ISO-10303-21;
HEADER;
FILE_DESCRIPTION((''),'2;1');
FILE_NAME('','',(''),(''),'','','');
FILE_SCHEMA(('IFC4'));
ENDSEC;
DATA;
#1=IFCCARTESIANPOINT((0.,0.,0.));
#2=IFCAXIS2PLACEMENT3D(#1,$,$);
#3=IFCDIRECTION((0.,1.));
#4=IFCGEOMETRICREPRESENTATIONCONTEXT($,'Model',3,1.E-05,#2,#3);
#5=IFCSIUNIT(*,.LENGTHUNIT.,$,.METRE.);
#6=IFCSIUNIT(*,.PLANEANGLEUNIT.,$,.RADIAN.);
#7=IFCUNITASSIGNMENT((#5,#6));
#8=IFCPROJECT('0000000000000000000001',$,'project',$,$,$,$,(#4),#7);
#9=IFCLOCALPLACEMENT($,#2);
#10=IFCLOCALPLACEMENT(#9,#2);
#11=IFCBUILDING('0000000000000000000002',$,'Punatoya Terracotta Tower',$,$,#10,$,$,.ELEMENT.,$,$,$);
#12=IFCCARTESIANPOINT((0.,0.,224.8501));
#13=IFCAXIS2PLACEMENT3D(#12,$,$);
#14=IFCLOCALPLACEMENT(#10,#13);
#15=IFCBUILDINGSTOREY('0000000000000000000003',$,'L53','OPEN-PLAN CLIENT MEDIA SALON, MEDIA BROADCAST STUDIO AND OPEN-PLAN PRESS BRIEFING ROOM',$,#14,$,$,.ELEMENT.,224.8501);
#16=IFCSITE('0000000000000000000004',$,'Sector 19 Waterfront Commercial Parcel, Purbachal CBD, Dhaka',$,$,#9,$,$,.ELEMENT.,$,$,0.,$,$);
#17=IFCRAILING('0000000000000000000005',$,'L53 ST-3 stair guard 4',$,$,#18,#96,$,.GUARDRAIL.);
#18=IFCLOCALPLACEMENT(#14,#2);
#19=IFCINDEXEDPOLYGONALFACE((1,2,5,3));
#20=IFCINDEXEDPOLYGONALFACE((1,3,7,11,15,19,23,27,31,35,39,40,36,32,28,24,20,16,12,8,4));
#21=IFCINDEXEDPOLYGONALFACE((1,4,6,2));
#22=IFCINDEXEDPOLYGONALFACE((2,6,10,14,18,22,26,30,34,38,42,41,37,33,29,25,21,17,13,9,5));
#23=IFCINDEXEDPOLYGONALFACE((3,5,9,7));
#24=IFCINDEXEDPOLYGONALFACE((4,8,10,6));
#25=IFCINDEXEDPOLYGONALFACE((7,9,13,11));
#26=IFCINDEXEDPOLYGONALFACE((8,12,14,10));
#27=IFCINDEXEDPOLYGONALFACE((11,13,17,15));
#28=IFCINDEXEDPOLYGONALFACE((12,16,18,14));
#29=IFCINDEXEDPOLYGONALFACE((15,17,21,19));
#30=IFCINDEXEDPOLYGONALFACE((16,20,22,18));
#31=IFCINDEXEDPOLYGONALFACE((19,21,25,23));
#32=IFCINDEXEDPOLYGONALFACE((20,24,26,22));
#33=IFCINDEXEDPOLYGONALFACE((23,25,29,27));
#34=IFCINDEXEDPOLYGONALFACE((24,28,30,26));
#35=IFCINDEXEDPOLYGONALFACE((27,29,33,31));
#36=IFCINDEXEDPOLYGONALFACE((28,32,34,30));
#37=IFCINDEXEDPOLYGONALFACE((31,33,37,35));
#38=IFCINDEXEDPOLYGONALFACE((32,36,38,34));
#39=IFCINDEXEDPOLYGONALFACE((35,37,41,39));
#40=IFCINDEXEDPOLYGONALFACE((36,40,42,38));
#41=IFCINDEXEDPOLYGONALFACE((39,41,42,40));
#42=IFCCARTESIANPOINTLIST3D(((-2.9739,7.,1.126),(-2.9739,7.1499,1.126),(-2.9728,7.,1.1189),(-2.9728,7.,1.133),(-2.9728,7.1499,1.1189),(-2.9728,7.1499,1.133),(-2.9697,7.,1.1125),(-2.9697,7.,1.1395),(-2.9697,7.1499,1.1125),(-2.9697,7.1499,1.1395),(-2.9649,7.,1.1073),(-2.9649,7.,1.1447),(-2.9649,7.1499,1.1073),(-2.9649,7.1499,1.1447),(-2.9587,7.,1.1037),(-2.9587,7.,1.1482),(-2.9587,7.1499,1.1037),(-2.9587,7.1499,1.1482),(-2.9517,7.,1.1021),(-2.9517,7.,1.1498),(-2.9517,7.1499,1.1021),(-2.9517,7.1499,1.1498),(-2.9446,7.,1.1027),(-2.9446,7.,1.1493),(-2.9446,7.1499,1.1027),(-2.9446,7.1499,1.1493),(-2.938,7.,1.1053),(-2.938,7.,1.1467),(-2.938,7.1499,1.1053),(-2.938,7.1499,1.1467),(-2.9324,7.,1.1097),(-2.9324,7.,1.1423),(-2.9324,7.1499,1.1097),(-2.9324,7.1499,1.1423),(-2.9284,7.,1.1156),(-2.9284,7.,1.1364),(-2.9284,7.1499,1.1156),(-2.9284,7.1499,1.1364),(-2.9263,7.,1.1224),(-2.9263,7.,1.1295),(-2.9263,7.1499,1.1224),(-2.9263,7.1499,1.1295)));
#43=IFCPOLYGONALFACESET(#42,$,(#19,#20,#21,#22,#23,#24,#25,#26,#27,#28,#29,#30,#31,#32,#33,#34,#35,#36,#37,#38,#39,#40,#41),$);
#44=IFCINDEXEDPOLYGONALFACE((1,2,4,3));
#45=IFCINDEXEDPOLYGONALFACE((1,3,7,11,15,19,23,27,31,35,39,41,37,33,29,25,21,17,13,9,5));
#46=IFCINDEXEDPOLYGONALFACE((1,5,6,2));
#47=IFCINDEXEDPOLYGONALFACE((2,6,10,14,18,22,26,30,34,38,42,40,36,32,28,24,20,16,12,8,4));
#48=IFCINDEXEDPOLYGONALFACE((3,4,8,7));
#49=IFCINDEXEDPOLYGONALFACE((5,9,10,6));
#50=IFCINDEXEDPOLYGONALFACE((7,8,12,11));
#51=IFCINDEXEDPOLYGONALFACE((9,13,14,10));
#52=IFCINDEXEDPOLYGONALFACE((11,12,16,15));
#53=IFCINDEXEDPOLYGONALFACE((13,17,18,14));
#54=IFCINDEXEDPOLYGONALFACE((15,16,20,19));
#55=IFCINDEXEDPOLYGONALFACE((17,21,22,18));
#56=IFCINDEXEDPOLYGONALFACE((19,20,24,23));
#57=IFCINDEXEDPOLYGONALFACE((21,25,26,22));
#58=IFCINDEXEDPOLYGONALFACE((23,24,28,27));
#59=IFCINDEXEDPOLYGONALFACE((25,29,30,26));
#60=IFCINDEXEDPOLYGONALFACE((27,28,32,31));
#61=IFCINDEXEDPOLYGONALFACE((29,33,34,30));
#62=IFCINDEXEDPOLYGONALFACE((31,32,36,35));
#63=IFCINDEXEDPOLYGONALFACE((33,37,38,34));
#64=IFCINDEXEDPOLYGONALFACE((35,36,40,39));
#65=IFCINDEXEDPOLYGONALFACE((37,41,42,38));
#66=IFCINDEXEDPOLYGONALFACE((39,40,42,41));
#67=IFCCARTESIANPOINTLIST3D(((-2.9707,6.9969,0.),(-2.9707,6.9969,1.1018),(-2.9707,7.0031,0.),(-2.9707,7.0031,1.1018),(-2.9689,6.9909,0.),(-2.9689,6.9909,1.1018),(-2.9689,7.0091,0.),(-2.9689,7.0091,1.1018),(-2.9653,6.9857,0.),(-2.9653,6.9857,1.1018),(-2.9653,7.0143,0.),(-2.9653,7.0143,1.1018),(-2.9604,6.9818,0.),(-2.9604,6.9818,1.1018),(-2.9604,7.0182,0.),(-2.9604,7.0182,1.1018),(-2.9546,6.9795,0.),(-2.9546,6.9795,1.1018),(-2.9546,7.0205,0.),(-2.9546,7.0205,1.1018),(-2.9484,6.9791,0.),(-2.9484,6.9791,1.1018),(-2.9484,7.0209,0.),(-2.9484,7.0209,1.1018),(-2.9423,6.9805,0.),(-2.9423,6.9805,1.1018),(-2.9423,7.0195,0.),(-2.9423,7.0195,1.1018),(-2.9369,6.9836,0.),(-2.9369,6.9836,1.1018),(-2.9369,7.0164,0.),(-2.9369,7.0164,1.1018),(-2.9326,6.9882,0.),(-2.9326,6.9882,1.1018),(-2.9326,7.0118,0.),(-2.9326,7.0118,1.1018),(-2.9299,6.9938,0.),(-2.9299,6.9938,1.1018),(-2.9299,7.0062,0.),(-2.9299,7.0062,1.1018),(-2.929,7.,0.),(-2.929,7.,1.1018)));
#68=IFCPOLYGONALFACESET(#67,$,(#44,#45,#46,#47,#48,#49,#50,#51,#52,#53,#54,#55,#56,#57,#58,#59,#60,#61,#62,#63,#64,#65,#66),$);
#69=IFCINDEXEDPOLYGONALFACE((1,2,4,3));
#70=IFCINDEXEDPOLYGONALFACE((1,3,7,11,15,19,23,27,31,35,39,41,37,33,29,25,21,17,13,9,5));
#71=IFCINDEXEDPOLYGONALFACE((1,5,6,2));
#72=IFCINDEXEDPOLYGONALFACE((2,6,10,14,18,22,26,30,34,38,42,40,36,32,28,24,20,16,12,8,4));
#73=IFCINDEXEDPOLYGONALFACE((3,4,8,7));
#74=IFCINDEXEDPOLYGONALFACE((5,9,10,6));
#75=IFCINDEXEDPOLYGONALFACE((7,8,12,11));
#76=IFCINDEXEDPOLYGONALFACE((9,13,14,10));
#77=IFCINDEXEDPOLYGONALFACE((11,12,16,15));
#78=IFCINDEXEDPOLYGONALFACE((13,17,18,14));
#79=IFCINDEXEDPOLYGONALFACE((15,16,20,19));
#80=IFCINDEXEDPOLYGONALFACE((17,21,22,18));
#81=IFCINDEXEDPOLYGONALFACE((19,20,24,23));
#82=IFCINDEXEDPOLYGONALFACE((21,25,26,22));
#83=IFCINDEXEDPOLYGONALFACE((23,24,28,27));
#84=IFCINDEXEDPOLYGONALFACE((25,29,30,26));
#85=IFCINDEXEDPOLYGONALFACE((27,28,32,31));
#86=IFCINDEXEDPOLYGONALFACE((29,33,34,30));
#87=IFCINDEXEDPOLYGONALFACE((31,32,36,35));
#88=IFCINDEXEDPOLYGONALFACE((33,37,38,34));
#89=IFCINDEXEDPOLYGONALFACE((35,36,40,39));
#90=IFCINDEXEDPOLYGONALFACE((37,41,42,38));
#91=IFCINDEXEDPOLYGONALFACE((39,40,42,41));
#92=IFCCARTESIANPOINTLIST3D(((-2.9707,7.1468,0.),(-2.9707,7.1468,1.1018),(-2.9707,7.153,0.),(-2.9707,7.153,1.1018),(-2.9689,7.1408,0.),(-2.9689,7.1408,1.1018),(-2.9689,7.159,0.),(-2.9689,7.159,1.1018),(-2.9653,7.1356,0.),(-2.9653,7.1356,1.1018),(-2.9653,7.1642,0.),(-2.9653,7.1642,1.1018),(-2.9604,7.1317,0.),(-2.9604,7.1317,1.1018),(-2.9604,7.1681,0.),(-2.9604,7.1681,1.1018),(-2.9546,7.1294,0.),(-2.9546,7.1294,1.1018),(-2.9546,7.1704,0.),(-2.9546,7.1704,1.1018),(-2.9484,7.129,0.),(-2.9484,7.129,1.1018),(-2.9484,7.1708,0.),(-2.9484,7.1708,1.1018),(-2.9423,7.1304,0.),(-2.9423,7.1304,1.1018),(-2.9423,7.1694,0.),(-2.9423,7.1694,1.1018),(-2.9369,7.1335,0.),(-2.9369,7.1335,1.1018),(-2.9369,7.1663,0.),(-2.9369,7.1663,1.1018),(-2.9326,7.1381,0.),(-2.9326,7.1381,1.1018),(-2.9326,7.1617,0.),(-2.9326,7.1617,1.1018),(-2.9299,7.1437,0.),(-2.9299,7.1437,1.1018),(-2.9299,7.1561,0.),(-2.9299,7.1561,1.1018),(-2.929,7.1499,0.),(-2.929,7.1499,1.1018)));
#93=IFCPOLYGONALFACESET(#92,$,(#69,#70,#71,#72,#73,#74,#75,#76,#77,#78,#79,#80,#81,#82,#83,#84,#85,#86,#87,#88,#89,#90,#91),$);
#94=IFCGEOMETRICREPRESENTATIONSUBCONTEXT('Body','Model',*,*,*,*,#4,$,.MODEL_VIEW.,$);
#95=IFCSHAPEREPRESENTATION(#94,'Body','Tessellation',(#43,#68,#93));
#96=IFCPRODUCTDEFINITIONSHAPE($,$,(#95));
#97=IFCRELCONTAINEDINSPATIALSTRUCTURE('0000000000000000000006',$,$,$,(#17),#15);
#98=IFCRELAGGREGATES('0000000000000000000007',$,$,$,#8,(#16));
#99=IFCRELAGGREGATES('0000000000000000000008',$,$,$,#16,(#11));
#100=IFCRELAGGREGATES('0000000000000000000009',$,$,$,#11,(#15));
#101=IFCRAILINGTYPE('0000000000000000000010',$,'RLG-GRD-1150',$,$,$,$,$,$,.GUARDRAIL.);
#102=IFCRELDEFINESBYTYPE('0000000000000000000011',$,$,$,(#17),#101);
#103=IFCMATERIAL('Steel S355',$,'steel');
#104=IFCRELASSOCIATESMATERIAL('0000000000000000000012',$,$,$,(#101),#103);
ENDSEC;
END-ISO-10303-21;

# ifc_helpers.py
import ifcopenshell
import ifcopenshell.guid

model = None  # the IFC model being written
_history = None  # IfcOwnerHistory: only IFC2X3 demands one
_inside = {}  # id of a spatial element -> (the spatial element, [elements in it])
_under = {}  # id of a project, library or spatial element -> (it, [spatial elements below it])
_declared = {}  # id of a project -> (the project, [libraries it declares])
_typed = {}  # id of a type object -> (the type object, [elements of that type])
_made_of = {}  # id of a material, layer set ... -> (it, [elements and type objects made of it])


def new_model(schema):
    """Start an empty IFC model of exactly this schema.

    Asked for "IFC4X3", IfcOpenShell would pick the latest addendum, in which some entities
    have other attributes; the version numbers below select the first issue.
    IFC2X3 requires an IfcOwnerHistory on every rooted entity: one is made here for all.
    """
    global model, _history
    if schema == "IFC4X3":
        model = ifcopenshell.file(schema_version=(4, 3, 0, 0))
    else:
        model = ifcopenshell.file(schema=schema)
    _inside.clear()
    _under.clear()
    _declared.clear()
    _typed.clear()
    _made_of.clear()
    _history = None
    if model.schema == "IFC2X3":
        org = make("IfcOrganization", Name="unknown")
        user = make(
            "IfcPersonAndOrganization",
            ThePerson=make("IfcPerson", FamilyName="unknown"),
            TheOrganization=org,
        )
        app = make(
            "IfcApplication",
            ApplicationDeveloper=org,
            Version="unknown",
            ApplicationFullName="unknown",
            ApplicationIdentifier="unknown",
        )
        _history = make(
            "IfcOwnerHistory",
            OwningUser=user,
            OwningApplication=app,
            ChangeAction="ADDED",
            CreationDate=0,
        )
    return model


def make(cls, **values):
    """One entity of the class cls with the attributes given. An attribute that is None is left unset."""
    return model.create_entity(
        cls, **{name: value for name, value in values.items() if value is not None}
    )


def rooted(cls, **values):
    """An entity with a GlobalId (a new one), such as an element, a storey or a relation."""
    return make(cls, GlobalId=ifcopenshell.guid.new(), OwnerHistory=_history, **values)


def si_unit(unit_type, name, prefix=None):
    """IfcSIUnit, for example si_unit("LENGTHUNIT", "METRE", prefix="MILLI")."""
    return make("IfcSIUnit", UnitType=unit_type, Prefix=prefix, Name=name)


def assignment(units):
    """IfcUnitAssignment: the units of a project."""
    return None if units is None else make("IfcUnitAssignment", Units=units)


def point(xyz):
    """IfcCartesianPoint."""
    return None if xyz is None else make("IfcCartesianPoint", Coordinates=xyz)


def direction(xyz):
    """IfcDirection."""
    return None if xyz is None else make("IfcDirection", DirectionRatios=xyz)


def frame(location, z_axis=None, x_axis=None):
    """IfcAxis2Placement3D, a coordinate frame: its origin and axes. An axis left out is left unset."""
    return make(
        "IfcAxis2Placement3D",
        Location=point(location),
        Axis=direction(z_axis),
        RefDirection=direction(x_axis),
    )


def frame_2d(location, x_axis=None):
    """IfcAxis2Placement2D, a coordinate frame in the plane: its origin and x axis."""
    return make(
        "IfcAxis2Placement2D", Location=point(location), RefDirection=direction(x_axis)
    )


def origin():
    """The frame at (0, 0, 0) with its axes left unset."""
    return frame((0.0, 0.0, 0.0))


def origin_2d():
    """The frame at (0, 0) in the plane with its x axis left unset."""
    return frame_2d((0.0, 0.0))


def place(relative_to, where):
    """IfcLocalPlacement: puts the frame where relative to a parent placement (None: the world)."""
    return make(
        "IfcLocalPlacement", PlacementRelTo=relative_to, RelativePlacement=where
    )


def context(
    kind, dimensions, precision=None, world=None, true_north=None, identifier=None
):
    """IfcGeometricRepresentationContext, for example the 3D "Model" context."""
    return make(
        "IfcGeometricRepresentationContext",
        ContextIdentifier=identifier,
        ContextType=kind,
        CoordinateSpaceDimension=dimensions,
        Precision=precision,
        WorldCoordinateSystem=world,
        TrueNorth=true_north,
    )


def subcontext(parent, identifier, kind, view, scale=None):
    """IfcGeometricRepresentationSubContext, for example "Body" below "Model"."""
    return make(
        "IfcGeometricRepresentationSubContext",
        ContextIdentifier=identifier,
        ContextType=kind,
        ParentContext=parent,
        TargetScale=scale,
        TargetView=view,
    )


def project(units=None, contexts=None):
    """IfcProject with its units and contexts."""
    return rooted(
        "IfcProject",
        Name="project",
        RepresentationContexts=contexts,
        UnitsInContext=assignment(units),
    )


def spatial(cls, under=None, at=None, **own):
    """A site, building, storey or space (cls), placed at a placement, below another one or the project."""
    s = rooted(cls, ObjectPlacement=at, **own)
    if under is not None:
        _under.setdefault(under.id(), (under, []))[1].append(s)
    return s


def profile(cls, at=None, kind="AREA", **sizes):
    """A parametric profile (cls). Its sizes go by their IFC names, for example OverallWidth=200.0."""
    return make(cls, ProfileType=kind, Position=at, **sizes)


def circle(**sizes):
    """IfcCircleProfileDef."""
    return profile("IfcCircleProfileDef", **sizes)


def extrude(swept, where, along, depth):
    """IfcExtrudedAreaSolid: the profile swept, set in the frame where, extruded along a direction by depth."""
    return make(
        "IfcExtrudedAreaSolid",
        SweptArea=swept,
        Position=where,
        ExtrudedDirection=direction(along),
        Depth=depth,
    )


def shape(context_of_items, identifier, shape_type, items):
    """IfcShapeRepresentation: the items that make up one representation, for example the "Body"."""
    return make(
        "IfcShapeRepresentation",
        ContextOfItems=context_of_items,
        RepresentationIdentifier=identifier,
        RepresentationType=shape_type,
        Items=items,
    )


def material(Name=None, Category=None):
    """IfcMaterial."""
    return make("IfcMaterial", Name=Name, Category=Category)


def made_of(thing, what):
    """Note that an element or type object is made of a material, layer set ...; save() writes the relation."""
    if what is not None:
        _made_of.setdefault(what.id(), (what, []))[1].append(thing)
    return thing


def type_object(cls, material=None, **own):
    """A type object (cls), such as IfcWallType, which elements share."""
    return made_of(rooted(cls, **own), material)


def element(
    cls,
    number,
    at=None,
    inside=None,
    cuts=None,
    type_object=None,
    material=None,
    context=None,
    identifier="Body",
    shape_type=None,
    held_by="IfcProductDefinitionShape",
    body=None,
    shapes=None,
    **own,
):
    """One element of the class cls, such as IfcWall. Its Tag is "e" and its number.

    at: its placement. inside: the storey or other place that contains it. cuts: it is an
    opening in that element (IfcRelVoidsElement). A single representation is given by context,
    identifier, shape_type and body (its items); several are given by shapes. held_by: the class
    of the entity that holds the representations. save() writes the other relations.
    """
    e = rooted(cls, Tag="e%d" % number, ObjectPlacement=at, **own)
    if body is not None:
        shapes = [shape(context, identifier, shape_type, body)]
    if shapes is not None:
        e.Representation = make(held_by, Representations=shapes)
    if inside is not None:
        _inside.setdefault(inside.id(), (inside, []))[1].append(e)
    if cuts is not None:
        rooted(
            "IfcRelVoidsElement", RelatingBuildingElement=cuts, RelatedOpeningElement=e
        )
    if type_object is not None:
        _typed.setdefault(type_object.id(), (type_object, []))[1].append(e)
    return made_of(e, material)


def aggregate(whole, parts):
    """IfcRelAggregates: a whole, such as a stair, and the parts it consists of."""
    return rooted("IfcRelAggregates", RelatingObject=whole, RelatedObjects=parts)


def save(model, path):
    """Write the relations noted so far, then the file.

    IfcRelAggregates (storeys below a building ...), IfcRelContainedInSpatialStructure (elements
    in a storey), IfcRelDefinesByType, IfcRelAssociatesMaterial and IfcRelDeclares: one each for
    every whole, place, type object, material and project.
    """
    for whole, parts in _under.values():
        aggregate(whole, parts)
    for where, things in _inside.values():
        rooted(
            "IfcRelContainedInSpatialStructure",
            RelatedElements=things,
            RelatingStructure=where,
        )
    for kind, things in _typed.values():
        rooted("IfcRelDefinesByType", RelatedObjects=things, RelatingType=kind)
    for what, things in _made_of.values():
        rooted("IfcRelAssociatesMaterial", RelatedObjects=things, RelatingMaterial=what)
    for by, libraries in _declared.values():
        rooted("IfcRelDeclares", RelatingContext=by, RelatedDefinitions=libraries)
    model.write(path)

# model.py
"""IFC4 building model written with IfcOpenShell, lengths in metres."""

from ifc_helpers import new_model, si_unit, direction, frame, origin, origin_2d, place, context, subcontext, project, spatial, circle, extrude, material, type_object, element, save


model = new_model("IFC4")

# Units and contexts
model_context = context("Model", 3, precision=1e-05, world=origin(), true_north=direction((0.0, 1.0)))
body_context = subcontext(model_context, "Body", "Model", "MODEL_VIEW")
ifc_project = project(units=[si_unit("LENGTHUNIT", "METRE"), si_unit("PLANEANGLEUNIT", "RADIAN")], contexts=[model_context])

# Site, building, storey
site_placement = place(None, origin())
site = spatial("IfcSite", under=ifc_project, at=site_placement, Name="Sector 19 Waterfront Commercial Parcel, Purbachal CBD, Dhaka", CompositionType="ELEMENT", RefElevation=0.0)
building_placement = place(site_placement, origin())
building = spatial("IfcBuilding", under=site, at=building_placement, Name="Punatoya Terracotta Tower", CompositionType="ELEMENT")
storey_placement = place(building_placement, frame((0.0, 0.0, 224.8501)))
storey = spatial("IfcBuildingStorey", under=building, at=storey_placement, Name="L53", Description="OPEN-PLAN CLIENT MEDIA SALON, MEDIA BROADCAST STUDIO AND OPEN-PLAN PRESS BRIEFING ROOM", CompositionType="ELEMENT", Elevation=224.8501)

# Shared definitions
ifc_material_1 = material(Name="Steel S355", Category="steel")

# Railing
railing_type = type_object("IfcRailingType", Name="RLG-GRD-1150", PredefinedType="GUARDRAIL", material=ifc_material_1)
railing_1_placement = place(storey_placement, frame((-2.95, 7.0, 0.0)))
element("IfcRailing", 1, at=railing_1_placement, inside=storey, type_object=railing_type, Name="L53 ST-3 stair guard 4", PredefinedType="GUARDRAIL", context=body_context, shape_type="SweptSolid", body=[
    extrude(circle(Radius=0.0239, at=origin_2d()), frame((0.0, 0.0, 1.126), z_axis=(0.0, 1.0, 0.0), x_axis=(-1.0, 0.0, 0.0)), (0.0, 0.0, 1.0), 0.1499),
    extrude(circle(Radius=0.021, at=origin_2d()), origin(), (0.0, 0.0, 1.0), 1.1018),
    extrude(circle(Radius=0.021, at=origin_2d()), frame((0.0, 0.1499, 0.0)), (0.0, 0.0, 1.0), 1.1018),
])

save(model, "model.ifc")
